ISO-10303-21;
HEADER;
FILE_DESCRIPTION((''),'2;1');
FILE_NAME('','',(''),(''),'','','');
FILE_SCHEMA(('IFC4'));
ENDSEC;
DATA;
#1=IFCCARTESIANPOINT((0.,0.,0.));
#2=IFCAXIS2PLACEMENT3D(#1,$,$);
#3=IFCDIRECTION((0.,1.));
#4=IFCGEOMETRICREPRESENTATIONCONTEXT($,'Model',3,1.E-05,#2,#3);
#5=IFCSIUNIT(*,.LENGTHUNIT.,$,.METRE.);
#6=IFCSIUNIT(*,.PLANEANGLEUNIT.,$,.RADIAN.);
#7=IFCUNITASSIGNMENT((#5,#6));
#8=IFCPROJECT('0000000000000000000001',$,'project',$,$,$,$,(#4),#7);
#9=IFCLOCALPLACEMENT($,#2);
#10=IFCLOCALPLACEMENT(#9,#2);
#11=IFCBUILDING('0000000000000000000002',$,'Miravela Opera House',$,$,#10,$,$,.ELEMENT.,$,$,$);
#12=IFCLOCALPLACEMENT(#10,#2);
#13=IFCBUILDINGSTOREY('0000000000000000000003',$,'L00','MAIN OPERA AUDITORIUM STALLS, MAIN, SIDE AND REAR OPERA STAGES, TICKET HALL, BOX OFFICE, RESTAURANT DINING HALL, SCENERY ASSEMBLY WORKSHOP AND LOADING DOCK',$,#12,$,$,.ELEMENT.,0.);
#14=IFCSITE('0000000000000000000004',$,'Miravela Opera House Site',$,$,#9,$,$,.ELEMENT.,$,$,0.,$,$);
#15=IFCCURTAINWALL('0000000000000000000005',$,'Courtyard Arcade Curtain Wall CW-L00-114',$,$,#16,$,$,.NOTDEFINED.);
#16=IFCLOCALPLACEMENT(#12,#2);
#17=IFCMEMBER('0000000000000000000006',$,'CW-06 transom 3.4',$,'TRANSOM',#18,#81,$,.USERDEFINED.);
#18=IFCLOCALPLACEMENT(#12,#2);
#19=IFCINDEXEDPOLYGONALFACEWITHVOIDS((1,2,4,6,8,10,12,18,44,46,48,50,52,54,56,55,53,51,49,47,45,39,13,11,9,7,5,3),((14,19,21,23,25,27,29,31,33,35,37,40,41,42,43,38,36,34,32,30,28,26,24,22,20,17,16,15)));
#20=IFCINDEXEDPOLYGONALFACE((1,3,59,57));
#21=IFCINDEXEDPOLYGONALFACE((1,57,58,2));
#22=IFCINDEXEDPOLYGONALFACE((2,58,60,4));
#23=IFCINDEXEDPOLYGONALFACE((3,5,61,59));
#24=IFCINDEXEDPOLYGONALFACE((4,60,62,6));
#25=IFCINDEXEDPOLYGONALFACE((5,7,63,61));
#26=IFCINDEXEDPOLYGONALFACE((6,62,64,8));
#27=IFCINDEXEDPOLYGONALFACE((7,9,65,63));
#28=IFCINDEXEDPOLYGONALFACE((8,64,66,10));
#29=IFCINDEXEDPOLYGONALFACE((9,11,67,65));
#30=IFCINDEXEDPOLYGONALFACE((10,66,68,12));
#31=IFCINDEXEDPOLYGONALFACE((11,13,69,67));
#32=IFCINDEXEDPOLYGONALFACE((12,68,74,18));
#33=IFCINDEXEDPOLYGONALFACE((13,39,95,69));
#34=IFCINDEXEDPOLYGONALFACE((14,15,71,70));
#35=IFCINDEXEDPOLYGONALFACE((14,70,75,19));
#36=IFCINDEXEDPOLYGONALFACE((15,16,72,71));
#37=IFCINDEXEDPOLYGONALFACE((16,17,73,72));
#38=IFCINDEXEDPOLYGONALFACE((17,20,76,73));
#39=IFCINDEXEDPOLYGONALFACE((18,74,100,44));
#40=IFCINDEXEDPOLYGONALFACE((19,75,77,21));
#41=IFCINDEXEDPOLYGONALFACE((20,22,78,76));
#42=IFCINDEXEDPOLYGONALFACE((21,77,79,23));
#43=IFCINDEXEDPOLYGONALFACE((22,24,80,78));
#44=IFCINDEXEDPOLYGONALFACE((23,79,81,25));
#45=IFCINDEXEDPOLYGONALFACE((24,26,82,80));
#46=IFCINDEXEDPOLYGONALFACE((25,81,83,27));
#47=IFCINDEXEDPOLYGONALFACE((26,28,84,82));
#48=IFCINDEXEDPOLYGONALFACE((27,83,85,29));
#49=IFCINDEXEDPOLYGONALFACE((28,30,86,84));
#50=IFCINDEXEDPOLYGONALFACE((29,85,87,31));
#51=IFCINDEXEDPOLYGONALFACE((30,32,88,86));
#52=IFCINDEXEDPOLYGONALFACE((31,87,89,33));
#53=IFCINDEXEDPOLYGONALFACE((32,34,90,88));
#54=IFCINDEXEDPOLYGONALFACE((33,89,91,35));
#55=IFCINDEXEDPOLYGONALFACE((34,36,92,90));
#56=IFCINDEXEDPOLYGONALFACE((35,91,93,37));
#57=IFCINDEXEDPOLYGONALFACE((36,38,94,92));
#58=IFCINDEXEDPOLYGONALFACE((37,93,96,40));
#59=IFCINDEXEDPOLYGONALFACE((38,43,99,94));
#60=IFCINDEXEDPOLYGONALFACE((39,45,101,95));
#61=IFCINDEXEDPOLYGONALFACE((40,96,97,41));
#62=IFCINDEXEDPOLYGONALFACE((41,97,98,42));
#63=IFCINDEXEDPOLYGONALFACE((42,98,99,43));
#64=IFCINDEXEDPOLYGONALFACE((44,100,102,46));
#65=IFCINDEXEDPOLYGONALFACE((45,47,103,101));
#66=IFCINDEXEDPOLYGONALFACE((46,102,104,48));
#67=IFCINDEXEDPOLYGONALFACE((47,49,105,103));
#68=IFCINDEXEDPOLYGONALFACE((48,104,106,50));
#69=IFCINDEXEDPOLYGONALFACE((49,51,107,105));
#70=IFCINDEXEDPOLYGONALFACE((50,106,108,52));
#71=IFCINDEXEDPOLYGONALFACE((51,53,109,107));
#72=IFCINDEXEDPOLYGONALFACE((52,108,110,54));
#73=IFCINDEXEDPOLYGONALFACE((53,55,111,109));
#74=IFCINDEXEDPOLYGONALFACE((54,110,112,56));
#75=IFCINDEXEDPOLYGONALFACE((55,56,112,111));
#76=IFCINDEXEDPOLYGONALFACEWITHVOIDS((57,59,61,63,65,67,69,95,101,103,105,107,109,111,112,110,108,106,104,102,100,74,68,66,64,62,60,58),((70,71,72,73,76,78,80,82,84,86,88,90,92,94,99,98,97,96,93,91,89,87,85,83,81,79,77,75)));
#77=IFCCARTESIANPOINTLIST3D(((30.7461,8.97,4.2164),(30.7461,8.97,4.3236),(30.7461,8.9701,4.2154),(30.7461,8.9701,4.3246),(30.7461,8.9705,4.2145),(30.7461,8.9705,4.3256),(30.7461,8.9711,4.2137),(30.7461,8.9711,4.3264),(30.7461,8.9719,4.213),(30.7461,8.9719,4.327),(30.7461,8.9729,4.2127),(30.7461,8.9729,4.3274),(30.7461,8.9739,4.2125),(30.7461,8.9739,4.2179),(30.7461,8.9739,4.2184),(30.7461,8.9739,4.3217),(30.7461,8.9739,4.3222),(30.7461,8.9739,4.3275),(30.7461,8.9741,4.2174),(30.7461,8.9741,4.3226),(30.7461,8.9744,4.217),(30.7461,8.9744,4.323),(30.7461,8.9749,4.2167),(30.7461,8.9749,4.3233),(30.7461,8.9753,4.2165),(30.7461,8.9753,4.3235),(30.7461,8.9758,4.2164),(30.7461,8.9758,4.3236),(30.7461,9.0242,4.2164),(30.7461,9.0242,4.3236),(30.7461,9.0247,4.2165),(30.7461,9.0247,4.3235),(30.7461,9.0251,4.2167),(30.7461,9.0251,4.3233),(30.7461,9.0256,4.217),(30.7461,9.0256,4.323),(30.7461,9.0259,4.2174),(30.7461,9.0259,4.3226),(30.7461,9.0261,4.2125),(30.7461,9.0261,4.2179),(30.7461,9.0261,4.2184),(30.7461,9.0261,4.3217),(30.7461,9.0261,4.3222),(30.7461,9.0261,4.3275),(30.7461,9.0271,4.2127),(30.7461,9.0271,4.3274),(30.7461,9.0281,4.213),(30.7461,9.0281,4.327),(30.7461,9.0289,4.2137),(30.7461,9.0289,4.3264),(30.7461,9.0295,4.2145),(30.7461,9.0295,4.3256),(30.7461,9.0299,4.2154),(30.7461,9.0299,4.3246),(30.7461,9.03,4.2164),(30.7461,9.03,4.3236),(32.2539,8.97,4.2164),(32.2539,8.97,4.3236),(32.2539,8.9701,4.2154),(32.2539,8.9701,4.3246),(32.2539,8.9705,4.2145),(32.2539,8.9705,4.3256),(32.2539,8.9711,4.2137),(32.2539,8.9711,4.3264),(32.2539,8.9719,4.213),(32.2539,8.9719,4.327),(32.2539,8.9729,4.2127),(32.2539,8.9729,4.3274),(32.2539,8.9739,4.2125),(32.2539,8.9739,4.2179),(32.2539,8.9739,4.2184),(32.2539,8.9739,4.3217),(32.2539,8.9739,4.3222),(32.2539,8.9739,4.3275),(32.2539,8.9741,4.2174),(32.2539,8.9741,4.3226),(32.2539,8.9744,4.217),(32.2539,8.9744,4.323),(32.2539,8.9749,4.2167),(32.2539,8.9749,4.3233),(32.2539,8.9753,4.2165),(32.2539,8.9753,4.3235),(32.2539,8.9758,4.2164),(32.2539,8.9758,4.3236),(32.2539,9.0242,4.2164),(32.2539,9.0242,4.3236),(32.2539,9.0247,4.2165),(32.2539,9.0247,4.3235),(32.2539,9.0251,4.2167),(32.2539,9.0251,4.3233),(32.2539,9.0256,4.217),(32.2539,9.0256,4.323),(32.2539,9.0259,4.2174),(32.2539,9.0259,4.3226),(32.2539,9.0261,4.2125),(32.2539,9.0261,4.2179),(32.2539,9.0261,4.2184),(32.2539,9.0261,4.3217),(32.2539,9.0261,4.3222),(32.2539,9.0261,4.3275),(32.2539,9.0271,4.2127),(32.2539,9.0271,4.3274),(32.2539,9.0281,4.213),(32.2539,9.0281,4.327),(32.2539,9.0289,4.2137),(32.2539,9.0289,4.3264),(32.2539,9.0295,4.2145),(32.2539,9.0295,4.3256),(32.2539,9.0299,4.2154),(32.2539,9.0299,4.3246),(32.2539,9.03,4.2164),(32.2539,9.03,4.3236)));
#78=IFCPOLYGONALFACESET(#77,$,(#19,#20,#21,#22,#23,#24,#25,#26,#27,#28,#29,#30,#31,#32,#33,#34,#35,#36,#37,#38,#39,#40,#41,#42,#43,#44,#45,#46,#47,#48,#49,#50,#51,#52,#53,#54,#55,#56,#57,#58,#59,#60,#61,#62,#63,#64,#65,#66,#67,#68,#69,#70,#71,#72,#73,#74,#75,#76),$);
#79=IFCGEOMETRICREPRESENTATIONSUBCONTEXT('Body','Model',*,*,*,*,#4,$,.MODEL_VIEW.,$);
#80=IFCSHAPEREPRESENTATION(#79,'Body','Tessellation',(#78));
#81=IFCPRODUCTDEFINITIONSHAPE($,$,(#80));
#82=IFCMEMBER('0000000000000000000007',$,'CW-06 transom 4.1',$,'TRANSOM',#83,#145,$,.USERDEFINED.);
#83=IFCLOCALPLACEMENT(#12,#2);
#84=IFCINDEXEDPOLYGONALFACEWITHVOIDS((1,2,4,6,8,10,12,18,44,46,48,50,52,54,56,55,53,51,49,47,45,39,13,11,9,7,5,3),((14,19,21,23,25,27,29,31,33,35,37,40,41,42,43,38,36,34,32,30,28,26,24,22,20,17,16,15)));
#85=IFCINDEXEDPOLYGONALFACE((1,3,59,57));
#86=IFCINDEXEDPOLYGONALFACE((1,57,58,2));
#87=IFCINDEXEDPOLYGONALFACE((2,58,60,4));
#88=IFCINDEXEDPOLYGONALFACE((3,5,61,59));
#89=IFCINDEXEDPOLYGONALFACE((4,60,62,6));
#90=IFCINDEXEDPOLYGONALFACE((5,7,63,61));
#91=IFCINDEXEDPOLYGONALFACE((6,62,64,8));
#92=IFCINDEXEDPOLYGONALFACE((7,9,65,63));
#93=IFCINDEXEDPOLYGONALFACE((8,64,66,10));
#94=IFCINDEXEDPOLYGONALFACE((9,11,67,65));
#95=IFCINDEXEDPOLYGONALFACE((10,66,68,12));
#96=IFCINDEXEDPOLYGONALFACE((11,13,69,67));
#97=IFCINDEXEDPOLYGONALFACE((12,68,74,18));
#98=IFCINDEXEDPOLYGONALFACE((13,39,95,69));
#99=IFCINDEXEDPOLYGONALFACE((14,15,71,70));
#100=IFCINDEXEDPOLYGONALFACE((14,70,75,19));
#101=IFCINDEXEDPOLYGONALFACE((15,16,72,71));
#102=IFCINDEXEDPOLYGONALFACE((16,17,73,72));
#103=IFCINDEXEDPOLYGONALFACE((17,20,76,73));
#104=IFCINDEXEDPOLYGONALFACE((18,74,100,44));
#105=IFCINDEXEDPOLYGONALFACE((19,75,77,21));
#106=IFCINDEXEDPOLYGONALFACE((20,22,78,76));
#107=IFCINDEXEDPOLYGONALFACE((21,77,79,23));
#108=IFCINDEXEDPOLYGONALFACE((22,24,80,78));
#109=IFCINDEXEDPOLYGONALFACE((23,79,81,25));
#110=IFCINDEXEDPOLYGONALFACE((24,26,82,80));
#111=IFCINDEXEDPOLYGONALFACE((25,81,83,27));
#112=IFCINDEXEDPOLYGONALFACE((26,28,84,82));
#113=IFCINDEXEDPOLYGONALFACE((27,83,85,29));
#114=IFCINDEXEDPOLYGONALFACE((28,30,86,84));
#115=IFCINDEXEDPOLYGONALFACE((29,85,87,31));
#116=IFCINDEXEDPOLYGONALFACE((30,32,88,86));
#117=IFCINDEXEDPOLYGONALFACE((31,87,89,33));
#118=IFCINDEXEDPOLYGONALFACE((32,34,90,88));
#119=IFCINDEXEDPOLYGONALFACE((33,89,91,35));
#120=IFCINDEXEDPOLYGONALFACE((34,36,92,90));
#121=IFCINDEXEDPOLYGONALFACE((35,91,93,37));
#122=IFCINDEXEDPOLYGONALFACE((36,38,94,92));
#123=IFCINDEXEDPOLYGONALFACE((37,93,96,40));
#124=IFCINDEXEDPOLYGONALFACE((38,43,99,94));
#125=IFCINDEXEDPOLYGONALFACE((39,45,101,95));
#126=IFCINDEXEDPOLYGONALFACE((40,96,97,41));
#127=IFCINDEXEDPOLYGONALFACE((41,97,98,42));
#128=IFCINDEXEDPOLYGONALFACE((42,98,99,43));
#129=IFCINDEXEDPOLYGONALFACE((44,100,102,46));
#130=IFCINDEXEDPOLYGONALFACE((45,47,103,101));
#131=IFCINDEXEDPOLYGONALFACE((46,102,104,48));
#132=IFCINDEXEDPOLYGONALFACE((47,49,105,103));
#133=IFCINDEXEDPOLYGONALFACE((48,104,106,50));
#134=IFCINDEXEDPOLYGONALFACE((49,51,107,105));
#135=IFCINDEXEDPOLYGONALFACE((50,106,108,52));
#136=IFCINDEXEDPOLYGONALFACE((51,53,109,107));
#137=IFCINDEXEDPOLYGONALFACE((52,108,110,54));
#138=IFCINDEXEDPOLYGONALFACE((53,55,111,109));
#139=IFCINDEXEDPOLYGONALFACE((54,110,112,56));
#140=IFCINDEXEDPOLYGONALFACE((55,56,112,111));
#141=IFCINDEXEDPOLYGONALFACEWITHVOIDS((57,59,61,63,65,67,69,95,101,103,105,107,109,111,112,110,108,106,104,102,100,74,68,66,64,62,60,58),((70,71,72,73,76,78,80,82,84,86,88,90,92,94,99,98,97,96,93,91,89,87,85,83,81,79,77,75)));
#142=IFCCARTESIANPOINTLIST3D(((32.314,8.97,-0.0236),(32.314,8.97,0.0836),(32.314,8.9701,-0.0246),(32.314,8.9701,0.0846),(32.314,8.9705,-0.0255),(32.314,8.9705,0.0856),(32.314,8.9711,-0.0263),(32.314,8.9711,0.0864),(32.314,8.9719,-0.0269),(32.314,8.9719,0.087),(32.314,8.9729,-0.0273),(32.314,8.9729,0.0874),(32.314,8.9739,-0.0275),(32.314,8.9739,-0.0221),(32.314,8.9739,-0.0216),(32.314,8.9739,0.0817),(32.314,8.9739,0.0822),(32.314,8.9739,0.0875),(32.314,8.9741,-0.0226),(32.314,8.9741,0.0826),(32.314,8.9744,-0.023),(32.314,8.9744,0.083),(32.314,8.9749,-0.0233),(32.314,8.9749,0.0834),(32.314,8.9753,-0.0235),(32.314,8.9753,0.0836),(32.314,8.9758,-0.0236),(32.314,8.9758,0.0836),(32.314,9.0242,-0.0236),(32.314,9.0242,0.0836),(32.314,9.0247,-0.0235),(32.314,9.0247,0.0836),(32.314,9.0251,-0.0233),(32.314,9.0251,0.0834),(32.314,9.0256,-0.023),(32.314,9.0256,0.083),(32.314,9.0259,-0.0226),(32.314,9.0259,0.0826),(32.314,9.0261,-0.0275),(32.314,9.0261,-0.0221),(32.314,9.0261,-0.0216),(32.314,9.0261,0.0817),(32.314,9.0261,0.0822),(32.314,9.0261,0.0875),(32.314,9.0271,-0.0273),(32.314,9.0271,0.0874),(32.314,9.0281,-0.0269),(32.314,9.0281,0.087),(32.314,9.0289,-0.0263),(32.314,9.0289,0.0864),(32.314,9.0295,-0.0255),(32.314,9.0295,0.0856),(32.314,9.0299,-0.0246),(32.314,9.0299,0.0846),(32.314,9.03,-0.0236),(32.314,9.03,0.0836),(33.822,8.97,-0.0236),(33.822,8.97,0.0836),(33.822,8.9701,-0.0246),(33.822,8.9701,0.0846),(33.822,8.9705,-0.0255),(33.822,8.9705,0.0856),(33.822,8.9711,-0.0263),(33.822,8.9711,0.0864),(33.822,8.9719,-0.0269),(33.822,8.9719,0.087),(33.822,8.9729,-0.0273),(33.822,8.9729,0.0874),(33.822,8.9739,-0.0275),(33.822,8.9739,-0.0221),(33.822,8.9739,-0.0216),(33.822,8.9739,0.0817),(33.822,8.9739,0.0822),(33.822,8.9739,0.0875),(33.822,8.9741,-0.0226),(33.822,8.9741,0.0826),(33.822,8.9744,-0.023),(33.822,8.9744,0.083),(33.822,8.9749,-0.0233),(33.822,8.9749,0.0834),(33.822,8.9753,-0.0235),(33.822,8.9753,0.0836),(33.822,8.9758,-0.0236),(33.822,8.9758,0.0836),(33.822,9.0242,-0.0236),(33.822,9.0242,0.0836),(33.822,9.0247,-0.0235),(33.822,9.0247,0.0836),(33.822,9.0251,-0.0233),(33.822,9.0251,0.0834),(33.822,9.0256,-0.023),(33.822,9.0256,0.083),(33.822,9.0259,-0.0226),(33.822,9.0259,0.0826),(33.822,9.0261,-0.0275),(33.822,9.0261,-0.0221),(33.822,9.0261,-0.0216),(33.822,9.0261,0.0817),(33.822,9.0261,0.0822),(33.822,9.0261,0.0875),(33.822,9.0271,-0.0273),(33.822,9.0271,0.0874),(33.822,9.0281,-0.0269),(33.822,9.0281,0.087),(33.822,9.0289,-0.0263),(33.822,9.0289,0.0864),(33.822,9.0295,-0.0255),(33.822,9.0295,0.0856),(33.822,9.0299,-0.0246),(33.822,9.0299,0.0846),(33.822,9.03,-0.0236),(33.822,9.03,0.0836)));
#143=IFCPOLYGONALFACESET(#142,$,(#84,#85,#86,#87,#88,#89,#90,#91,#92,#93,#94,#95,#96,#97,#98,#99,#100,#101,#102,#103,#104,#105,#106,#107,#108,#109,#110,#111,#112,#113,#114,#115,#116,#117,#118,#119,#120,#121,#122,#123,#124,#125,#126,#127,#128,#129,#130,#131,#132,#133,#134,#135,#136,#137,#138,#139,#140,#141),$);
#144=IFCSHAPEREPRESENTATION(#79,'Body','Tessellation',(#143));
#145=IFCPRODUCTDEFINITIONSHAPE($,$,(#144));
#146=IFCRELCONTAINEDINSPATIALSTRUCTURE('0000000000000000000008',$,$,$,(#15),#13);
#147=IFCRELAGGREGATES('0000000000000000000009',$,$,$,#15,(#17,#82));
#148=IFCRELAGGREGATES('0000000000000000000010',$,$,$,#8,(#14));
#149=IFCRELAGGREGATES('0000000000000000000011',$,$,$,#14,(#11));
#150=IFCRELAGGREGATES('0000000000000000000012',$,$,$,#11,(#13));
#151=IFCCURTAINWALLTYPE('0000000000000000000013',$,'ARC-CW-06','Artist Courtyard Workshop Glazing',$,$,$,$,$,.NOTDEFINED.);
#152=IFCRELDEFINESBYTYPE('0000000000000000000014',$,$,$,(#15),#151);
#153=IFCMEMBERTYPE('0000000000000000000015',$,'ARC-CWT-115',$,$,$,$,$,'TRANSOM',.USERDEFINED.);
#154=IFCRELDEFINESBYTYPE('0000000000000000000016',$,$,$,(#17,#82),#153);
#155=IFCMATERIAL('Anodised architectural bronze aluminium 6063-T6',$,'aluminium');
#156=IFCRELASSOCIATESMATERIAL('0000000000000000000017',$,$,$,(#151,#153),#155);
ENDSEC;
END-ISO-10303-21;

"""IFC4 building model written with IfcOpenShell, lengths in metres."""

from ifc_helpers import new_model, si_unit, direction, frame, origin, origin_2d, place, context, subcontext, project, spatial, hollow_rectangle, extrude, material, material_profile, profile_set, type_object, element, aggregate, save


model = new_model("IFC4")

# Units and contexts
model_context = context("Model", 3, precision=1e-05, world=origin(), true_north=direction((0.0, 1.0)))
body_context = subcontext(model_context, "Body", "Model", "MODEL_VIEW")
ifc_project = project(units=[si_unit("LENGTHUNIT", "METRE"), si_unit("PLANEANGLEUNIT", "RADIAN")], contexts=[model_context])

# Site, building, storey
site_placement = place(None, origin())
site = spatial("IfcSite", under=ifc_project, at=site_placement, Name="Miravela Opera House Site", CompositionType="ELEMENT", RefElevation=0.0)
building_placement = place(site_placement, origin())
building = spatial("IfcBuilding", under=site, at=building_placement, Name="Miravela Opera House", CompositionType="ELEMENT")
storey_placement = place(building_placement, origin())
storey = spatial("IfcBuildingStorey", under=building, at=storey_placement, Name="L00", Description="MAIN OPERA AUDITORIUM STALLS, MAIN, SIDE AND REAR OPERA STAGES, TICKET HALL, BOX OFFICE, RESTAURANT DINING HALL, SCENERY ASSEMBLY WORKSHOP AND LOADING DOCK", CompositionType="ELEMENT", Elevation=0.0)

# Curtain wall, members
ifc_material_1 = material(Name="Anodised architectural bronze aluminium 6063-T6", Category="aluminium")
curtain_wall_type = type_object("IfcCurtainWallType", Name="ARC-CW-06", Description="Artist Courtyard Workshop Glazing", PredefinedType="NOTDEFINED", material=ifc_material_1)
curtain_wall_placement = place(storey_placement, origin())
curtain_wall = element("IfcCurtainWall", 1, at=curtain_wall_placement, inside=storey, type_object=curtain_wall_type, Name="Courtyard Arcade Curtain Wall CW-L00-114", PredefinedType="NOTDEFINED")
ifc_material_profile_1 = material_profile(ifc_material_1, hollow_rectangle(XDim=0.0601, YDim=0.115, WallThickness=0.0039, InnerFilletRadius=0.002, OuterFilletRadius=0.0039, at=origin_2d()), Name="CWT-60X115")
ifc_profile_set_1 = profile_set([ifc_material_profile_1])
member_type_1 = type_object("IfcMemberType", Name="ARC-CWT-115", ElementType="TRANSOM", PredefinedType="USERDEFINED", material=ifc_profile_set_1)
member_1_placement = place(storey_placement, frame((30.7461, 9.0, 4.27), z_axis=(1.0, 0.0, 0.0), x_axis=(0.0, 1.0, 0.0)))
member_1 = element("IfcMember", 2, at=member_1_placement, type_object=member_type_1, Name="CW-06 transom 3.4", ObjectType="TRANSOM", PredefinedType="USERDEFINED", context=body_context, shape_type="SweptSolid", body=[
    extrude(hollow_rectangle(XDim=0.0601, YDim=0.115, WallThickness=0.0039, InnerFilletRadius=0.002, OuterFilletRadius=0.0039, at=origin_2d()), origin(), (0.0, 0.0, 1.0), 1.5078),
])
member_2_placement = place(storey_placement, frame((32.314, 9.0, 0.03), z_axis=(1.0, 0.0, 0.0), x_axis=(0.0, 1.0, 0.0)))
member_2 = element("IfcMember", 3, at=member_2_placement, type_object=member_type_1, Name="CW-06 transom 4.1", ObjectType="TRANSOM", PredefinedType="USERDEFINED", context=body_context, shape_type="SweptSolid", body=[
    extrude(hollow_rectangle(XDim=0.0601, YDim=0.115, WallThickness=0.0039, InnerFilletRadius=0.002, OuterFilletRadius=0.0039, at=origin_2d()), origin(), (0.0, 0.0, 1.0), 1.5081),
])
aggregate(curtain_wall, [member_1, member_2])

save(model, "model.ifc")
